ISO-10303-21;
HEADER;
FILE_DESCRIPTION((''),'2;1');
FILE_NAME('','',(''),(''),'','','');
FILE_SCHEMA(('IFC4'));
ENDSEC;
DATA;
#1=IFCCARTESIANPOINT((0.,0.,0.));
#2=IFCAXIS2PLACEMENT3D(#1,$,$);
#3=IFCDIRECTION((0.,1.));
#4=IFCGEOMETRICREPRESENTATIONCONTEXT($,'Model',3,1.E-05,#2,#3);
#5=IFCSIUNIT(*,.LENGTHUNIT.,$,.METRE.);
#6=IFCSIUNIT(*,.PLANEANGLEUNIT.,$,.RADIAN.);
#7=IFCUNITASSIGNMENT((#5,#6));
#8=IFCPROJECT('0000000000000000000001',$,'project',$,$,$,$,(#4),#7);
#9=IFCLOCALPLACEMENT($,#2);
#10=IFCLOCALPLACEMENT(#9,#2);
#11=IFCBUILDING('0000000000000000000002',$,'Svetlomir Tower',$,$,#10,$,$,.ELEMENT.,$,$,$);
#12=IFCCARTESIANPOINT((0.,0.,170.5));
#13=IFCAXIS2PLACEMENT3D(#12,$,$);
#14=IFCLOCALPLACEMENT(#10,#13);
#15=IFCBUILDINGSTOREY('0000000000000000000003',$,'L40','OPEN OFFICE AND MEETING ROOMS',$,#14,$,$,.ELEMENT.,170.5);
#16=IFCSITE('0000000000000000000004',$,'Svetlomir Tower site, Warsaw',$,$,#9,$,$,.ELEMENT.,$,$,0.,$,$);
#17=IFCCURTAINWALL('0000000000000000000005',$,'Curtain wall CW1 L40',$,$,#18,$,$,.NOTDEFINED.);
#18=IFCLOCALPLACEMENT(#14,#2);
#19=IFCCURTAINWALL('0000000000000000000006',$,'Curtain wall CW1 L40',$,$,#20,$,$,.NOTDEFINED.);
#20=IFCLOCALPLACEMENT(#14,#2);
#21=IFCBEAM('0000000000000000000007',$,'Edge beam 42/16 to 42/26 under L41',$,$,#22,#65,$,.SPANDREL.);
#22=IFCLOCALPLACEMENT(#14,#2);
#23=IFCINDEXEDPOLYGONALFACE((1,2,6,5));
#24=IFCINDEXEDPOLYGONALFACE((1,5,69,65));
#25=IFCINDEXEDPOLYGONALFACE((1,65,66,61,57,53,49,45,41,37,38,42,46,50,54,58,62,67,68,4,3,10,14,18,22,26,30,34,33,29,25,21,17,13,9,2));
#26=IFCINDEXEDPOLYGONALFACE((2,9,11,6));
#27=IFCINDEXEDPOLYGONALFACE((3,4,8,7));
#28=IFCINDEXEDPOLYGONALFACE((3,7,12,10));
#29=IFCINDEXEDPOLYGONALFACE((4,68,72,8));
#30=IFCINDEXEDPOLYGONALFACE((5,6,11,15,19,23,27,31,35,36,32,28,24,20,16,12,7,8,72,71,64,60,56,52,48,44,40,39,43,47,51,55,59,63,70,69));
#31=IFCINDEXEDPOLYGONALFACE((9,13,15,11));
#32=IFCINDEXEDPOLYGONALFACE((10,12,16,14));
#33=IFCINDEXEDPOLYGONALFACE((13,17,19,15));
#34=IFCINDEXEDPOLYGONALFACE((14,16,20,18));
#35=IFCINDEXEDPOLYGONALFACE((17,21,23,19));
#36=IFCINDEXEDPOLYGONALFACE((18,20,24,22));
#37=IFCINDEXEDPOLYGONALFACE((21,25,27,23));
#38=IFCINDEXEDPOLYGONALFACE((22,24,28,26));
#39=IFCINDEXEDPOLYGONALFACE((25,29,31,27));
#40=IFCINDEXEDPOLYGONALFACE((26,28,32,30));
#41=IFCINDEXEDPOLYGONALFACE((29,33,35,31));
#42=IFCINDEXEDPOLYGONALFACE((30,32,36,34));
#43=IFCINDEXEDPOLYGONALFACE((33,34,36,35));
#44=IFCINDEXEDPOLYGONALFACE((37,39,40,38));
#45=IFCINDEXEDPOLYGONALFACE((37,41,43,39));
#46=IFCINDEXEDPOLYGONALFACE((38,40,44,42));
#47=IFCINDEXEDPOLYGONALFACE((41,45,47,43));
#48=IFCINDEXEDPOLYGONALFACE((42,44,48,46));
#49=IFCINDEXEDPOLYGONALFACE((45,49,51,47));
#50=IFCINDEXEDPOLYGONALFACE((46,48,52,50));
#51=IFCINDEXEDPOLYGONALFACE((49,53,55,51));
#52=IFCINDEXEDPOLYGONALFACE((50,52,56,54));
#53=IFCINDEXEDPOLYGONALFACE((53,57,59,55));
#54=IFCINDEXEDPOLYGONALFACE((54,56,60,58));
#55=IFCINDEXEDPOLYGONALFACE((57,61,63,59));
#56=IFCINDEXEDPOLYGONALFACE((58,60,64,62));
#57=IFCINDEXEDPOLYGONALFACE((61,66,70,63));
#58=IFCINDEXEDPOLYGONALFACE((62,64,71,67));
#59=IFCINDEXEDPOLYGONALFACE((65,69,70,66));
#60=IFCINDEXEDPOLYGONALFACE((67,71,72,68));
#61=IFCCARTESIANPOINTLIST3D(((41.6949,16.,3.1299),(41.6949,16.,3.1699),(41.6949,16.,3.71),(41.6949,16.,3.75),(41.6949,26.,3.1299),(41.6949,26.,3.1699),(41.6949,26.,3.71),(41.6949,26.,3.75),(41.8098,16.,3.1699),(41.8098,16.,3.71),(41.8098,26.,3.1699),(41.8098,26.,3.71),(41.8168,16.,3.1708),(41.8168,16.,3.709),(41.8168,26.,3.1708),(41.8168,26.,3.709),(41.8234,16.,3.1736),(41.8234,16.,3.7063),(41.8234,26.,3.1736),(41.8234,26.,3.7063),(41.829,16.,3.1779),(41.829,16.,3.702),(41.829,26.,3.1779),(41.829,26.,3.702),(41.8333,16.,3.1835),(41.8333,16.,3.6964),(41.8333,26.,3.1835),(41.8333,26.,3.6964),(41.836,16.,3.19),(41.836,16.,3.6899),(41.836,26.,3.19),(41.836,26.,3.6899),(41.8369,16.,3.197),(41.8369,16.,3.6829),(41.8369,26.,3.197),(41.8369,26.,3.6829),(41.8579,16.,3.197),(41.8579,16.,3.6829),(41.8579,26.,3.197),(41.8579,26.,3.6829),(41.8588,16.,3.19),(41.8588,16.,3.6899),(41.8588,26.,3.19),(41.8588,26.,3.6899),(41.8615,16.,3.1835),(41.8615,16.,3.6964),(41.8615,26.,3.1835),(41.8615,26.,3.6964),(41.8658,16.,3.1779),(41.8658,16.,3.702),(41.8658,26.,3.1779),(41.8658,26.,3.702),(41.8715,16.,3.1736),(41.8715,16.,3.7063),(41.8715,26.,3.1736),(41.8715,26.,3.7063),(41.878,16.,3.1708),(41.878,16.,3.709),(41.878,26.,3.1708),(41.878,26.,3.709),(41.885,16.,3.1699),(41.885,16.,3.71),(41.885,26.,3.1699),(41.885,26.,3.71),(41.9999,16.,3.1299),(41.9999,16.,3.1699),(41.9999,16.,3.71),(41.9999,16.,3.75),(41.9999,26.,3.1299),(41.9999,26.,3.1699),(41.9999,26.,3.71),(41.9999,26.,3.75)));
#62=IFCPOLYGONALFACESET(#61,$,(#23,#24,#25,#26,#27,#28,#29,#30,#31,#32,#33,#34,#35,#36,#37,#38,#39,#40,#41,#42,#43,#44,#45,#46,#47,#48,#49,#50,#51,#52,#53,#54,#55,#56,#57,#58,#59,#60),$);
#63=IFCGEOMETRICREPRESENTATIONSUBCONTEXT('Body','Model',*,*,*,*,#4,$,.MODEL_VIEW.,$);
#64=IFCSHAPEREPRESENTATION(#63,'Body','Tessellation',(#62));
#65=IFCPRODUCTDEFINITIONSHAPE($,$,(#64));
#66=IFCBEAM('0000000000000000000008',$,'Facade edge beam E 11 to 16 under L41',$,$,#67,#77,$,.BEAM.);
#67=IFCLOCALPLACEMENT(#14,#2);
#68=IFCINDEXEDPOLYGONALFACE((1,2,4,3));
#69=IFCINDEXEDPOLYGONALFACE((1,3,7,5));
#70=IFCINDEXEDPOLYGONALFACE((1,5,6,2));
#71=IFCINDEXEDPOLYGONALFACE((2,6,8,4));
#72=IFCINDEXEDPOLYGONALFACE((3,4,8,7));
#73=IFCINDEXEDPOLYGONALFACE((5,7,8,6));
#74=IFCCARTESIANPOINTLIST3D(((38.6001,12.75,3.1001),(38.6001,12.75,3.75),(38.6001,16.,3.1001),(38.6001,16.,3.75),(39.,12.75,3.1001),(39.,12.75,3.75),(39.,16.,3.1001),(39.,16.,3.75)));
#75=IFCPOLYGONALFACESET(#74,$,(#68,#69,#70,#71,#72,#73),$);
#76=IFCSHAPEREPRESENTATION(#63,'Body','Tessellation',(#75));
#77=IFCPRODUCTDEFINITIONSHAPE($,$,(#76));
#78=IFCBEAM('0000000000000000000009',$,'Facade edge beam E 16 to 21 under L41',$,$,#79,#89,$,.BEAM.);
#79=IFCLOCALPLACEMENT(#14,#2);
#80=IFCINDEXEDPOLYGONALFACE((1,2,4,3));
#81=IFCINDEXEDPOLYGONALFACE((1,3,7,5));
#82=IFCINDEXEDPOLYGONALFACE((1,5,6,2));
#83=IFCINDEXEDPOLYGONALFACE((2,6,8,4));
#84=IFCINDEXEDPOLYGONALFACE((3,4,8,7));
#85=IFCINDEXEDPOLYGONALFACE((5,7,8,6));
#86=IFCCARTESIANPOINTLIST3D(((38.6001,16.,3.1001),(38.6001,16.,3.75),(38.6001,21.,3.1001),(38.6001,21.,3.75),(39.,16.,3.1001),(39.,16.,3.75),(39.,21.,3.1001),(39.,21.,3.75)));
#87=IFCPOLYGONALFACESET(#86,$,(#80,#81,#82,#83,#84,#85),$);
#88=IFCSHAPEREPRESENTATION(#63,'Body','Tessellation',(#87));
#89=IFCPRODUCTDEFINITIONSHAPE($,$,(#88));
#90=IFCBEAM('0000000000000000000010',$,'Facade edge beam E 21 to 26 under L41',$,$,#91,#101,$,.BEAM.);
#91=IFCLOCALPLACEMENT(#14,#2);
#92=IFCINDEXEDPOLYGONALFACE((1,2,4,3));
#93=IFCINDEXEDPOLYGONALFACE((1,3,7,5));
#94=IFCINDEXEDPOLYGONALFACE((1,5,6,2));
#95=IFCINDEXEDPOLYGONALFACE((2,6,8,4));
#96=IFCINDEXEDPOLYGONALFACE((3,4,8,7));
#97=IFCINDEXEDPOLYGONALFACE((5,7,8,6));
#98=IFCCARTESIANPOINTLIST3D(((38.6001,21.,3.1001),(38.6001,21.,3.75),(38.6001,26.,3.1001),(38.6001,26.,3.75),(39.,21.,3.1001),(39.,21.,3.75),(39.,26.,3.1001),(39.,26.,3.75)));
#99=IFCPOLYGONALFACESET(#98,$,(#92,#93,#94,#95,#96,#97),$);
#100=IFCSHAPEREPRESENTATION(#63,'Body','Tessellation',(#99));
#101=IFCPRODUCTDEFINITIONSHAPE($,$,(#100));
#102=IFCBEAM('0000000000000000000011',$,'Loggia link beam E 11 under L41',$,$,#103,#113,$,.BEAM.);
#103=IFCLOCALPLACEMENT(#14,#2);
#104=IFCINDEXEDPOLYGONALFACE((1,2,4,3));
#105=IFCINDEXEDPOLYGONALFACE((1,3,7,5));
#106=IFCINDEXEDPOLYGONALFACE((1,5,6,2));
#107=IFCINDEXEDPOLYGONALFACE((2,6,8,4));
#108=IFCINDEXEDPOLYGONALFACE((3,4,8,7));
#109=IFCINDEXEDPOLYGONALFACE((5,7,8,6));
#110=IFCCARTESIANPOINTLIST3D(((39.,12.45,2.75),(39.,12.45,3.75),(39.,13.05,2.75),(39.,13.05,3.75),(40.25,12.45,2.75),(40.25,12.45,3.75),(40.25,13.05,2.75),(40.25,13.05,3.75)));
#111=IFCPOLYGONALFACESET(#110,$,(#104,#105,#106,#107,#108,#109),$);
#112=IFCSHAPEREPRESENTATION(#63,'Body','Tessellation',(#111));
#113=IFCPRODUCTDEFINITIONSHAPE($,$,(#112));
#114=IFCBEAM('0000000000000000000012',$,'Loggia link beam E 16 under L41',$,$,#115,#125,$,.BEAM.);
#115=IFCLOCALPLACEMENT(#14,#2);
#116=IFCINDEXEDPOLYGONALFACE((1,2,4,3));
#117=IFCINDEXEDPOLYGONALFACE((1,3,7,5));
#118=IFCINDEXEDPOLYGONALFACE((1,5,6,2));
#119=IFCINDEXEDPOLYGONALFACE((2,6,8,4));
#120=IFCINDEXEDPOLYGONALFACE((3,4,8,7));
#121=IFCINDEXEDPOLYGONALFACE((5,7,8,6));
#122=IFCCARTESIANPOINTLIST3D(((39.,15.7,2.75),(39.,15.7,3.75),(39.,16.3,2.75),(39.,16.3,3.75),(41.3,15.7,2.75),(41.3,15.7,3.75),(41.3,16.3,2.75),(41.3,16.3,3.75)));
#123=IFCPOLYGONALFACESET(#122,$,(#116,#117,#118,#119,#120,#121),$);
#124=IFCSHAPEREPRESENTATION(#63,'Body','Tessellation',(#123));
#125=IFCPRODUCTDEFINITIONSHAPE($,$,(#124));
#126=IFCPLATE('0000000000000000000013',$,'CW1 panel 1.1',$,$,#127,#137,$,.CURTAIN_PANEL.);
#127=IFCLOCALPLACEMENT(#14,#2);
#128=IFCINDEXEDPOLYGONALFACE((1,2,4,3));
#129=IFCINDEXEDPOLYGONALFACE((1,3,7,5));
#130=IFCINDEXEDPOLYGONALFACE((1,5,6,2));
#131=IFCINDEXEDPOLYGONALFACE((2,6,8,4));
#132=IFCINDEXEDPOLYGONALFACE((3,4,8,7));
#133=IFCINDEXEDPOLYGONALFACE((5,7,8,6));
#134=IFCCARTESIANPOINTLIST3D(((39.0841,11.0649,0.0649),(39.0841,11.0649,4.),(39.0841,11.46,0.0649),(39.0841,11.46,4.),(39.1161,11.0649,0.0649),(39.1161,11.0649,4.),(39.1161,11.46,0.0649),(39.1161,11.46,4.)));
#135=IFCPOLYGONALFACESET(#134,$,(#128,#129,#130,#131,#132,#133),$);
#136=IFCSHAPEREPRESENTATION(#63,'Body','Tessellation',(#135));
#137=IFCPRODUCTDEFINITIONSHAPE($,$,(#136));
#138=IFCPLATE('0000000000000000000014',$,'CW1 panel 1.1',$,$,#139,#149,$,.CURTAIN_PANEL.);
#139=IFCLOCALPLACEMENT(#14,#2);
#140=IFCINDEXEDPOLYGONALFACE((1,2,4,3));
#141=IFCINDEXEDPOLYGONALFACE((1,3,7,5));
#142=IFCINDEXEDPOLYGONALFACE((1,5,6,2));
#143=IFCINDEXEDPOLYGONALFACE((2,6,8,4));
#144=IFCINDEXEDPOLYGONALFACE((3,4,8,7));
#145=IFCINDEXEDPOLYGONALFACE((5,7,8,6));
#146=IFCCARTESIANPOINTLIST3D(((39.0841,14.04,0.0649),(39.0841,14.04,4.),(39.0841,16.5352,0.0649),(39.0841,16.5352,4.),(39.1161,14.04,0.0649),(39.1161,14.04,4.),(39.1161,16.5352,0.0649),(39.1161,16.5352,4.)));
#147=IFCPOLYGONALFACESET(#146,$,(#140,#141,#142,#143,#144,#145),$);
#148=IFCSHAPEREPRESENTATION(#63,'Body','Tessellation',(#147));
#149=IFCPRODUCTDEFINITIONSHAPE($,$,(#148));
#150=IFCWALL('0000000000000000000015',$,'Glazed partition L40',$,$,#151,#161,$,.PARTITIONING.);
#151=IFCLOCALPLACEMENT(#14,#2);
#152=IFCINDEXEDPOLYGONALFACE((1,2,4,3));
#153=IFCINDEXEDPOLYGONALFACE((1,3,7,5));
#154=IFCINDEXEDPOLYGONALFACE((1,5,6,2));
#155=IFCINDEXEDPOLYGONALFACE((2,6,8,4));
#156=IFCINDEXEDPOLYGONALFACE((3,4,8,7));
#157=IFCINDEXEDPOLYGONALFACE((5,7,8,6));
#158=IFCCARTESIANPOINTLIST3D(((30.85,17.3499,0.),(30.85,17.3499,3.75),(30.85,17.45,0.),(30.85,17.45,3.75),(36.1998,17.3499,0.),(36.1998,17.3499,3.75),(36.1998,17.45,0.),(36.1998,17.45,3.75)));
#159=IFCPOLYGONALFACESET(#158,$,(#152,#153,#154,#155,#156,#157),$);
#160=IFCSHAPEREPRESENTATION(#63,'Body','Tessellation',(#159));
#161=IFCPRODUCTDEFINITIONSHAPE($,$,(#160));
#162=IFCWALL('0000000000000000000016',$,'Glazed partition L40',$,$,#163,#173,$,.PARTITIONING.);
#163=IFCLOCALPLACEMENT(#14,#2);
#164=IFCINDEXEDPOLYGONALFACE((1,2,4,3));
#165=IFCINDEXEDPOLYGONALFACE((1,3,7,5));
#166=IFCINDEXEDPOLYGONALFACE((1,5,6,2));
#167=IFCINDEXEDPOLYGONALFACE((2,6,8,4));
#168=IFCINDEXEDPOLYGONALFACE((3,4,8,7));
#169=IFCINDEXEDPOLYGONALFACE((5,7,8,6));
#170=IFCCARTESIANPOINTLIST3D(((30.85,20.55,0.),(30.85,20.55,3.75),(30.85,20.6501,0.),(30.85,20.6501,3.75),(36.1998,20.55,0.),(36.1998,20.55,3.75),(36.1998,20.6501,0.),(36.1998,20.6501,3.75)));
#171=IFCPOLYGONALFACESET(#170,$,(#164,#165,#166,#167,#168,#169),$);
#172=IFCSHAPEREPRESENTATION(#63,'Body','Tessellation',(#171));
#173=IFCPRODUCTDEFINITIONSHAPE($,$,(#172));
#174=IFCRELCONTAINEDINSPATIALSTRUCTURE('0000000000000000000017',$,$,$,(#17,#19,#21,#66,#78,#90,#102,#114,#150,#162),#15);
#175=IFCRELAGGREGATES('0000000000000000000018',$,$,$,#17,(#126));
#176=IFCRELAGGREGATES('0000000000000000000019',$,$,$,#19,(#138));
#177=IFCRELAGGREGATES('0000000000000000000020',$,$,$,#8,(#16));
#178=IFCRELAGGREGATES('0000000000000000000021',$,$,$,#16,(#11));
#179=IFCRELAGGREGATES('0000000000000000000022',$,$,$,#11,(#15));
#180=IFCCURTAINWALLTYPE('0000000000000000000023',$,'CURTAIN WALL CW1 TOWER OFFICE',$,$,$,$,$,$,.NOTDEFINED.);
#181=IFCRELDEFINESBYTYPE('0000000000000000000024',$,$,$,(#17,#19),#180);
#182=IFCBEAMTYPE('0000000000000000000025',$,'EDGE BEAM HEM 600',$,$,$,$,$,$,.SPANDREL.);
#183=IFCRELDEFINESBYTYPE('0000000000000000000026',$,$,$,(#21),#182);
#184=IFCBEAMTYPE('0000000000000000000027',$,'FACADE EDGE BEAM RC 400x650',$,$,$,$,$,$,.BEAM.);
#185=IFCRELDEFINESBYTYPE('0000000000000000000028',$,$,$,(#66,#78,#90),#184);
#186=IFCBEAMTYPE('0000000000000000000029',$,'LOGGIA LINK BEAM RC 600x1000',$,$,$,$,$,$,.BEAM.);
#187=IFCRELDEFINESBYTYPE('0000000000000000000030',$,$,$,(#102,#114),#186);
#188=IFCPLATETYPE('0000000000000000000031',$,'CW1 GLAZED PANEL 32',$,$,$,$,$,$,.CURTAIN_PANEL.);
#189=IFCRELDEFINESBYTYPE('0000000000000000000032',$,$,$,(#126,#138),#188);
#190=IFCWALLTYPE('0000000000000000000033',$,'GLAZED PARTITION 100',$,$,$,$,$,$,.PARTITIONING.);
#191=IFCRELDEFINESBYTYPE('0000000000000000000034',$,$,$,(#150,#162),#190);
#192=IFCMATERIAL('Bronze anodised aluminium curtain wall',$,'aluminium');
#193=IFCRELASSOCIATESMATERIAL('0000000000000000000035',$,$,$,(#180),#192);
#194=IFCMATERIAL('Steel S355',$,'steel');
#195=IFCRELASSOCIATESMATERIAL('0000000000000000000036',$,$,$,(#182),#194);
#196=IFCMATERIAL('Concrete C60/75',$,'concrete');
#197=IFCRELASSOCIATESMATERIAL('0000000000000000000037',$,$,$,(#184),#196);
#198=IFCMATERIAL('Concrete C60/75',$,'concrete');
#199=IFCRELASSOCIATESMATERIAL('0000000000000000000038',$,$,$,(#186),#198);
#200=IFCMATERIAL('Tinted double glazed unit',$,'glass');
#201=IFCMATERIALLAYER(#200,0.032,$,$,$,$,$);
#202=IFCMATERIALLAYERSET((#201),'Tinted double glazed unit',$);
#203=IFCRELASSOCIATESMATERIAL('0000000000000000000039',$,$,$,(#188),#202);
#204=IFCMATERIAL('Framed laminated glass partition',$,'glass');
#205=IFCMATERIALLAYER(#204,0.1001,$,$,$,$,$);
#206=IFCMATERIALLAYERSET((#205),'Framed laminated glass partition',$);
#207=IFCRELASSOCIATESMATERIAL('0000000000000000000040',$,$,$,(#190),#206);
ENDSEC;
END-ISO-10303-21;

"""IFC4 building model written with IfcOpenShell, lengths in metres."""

from ifc_helpers import new_model, si_unit, direction, frame, frame_2d, origin, origin_2d, place, context, subcontext, project, spatial, rectangle, i_section, extrude, material, layer, layer_set, material_profile, profile_set, type_object, element, aggregate, save


model = new_model("IFC4")

# Units and contexts
model_context = context("Model", 3, precision=1e-05, world=origin(), true_north=direction((0.0, 1.0)))
body_context = subcontext(model_context, "Body", "Model", "MODEL_VIEW")
ifc_project = project(units=[si_unit("LENGTHUNIT", "METRE"), si_unit("PLANEANGLEUNIT", "RADIAN")], contexts=[model_context])

# Site, building, storey
site_placement = place(None, origin())
site = spatial("IfcSite", under=ifc_project, at=site_placement, Name="Svetlomir Tower site, Warsaw", CompositionType="ELEMENT", RefElevation=0.0)
building_placement = place(site_placement, origin())
building = spatial("IfcBuilding", under=site, at=building_placement, Name="Svetlomir Tower", CompositionType="ELEMENT")
storey_placement = place(building_placement, frame((0.0, 0.0, 170.5)))
storey = spatial("IfcBuildingStorey", under=building, at=storey_placement, Name="L40", Description="OPEN OFFICE AND MEETING ROOMS", CompositionType="ELEMENT", Elevation=170.5)

# Curtain wall
ifc_material_1 = material(Name="Bronze anodised aluminium curtain wall", Category="aluminium")
curtain_wall_type = type_object("IfcCurtainWallType", Name="CURTAIN WALL CW1 TOWER OFFICE", PredefinedType="NOTDEFINED", material=ifc_material_1)
curtain_wall_1_placement = place(storey_placement, origin())
curtain_wall_1 = element("IfcCurtainWall", 1, at=curtain_wall_1_placement, inside=storey, type_object=curtain_wall_type, Name="Curtain wall CW1 L40", PredefinedType="NOTDEFINED")

# Curtain wall
curtain_wall_2_placement = place(storey_placement, origin())
curtain_wall_2 = element("IfcCurtainWall", 2, at=curtain_wall_2_placement, inside=storey, type_object=curtain_wall_type, Name="Curtain wall CW1 L40", PredefinedType="NOTDEFINED")

# Beams
ifc_material_2 = material(Name="Steel S355", Category="steel")
ifc_material_profile_1 = material_profile(ifc_material_2, i_section(OverallWidth=0.3049, OverallDepth=0.6201, WebThickness=0.021, FlangeThickness=0.04, FilletRadius=0.0271, at=origin_2d()), Name="HEM 600")
ifc_profile_set_1 = profile_set([ifc_material_profile_1], Name="Steel S355")
beam_type_1 = type_object("IfcBeamType", Name="EDGE BEAM HEM 600", PredefinedType="SPANDREL", material=ifc_profile_set_1)
beam_1_placement = place(storey_placement, frame((41.8474, 16.0, 3.4399), z_axis=(0.0, 1.0, 0.0), x_axis=(-1.0, 0.0, 0.0)))
element("IfcBeam", 3, at=beam_1_placement, inside=storey, type_object=beam_type_1, Name="Edge beam 42/16 to 42/26 under L41", PredefinedType="SPANDREL", context=body_context, shape_type="SweptSolid", body=[
    extrude(i_section(OverallWidth=0.3049, OverallDepth=0.6201, WebThickness=0.021, FlangeThickness=0.04, FilletRadius=0.0271, at=origin_2d()), origin(), (0.0, 0.0, 1.0), 10.0),
])
ifc_material_3 = material(Name="Concrete C60/75", Category="concrete")
ifc_material_profile_2 = material_profile(ifc_material_3, rectangle(XDim=0.3999, YDim=0.6499, at=origin_2d()), Name="RC 400x650")
ifc_profile_set_2 = profile_set([ifc_material_profile_2], Name="Concrete C60/75")
beam_type_2 = type_object("IfcBeamType", Name="FACADE EDGE BEAM RC 400x650", PredefinedType="BEAM", material=ifc_profile_set_2)
beam_2_placement = place(storey_placement, frame((38.8, 12.75, 3.425), z_axis=(0.0, 1.0, 0.0), x_axis=(-1.0, 0.0, 0.0)))
element("IfcBeam", 4, at=beam_2_placement, inside=storey, type_object=beam_type_2, Name="Facade edge beam E 11 to 16 under L41", PredefinedType="BEAM", context=body_context, shape_type="SweptSolid", body=[
    extrude(rectangle(XDim=0.3999, YDim=0.6499, at=origin_2d()), origin(), (0.0, 0.0, 1.0), 3.25),
])
for number, where, z_axis, x_axis, name in (
    (5, (38.8, 16.0, 3.425), (0.0, 1.0, 0.0), (-1.0, 0.0, 0.0), "Facade edge beam E 16 to 21 under L41"),
    (6, (38.8, 21.0, 3.425), (0.0, 1.0, 0.0), (-1.0, 0.0, 0.0), "Facade edge beam E 21 to 26 under L41"),
):
    element("IfcBeam", number, at=place(storey_placement, frame(where, z_axis=z_axis, x_axis=x_axis)), inside=storey, type_object=beam_type_2, Name=name, PredefinedType="BEAM", context=body_context, shape_type="SweptSolid", body=[
        extrude(rectangle(XDim=0.3999, YDim=0.6499, at=origin_2d()), origin(), (0.0, 0.0, 1.0), 5.0),
    ])
ifc_material_4 = material(Name="Concrete C60/75", Category="concrete")
ifc_material_profile_3 = material_profile(ifc_material_4, rectangle(XDim=0.6001, YDim=1.0, at=origin_2d()), Name="RC 600x1000")
ifc_profile_set_3 = profile_set([ifc_material_profile_3], Name="Concrete C60/75")
beam_type_3 = type_object("IfcBeamType", Name="LOGGIA LINK BEAM RC 600x1000", PredefinedType="BEAM", material=ifc_profile_set_3)
beam_3_placement = place(storey_placement, frame((40.25, 12.75, 3.25), z_axis=(-1.0, 0.0, 0.0), x_axis=(0.0, -1.0, 0.0)))
element("IfcBeam", 7, at=beam_3_placement, inside=storey, type_object=beam_type_3, Name="Loggia link beam E 11 under L41", PredefinedType="BEAM", context=body_context, shape_type="SweptSolid", body=[
    extrude(rectangle(XDim=0.6001, YDim=1.0, at=origin_2d()), origin(), (0.0, 0.0, 1.0), 1.25),
])
beam_4_placement = place(storey_placement, frame((41.3, 16.0, 3.25), z_axis=(-1.0, 0.0, 0.0), x_axis=(0.0, -1.0, 0.0)))
element("IfcBeam", 8, at=beam_4_placement, inside=storey, type_object=beam_type_3, Name="Loggia link beam E 16 under L41", PredefinedType="BEAM", context=body_context, shape_type="SweptSolid", body=[
    extrude(rectangle(XDim=0.6001, YDim=1.0, at=origin_2d()), origin(), (0.0, 0.0, 1.0), 2.3),
])

# Plates
ifc_material_5 = material(Name="Tinted double glazed unit", Category="glass")
ifc_layer_1 = layer(ifc_material_5, 0.032)
ifc_layer_set_1 = layer_set([ifc_layer_1], Name="Tinted double glazed unit")
plate_type = type_object("IfcPlateType", Name="CW1 GLAZED PANEL 32", PredefinedType="CURTAIN_PANEL", material=ifc_layer_set_1)
plate_1_placement = place(storey_placement, frame((39.1001, 11.2625, 0.0649), z_axis=(0.0, 0.0, 1.0), x_axis=(0.0, 1.0, 0.0)))
plate_1 = element("IfcPlate", 9, at=plate_1_placement, type_object=plate_type, Name="CW1 panel 1.1", PredefinedType="CURTAIN_PANEL", context=body_context, shape_type="SweptSolid", body=[
    extrude(rectangle(XDim=0.395, YDim=0.032, at=origin_2d()), origin(), (0.0, 0.0, 1.0), 3.9351),
])
aggregate(curtain_wall_1, [plate_1])
plate_2_placement = place(storey_placement, frame((39.1001, 15.2876, 0.0649), z_axis=(0.0, 0.0, 1.0), x_axis=(0.0, 1.0, 0.0)))
plate_2 = element("IfcPlate", 10, at=plate_2_placement, type_object=plate_type, Name="CW1 panel 1.1", PredefinedType="CURTAIN_PANEL", context=body_context, shape_type="SweptSolid", body=[
    extrude(rectangle(XDim=2.4951, YDim=0.032, at=origin_2d()), origin(), (0.0, 0.0, 1.0), 3.9351),
])
aggregate(curtain_wall_2, [plate_2])

# Walls
ifc_material_6 = material(Name="Framed laminated glass partition", Category="glass")
ifc_layer_2 = layer(ifc_material_6, 0.1001)
ifc_layer_set_2 = layer_set([ifc_layer_2], Name="Framed laminated glass partition")
wall_type_1 = type_object("IfcWallType", Name="GLAZED PARTITION 100", PredefinedType="PARTITIONING", material=ifc_layer_set_2)
for number, where, z_axis, x_axis, name in (
    (11, (30.8501, 17.3999, 0.0), (0.0, 0.0, 1.0), (1.0, 0.0, 0.0), "Glazed partition L40"),
    (12, (30.8501, 20.6001, 0.0), (0.0, 0.0, 1.0), (1.0, 0.0, 0.0), "Glazed partition L40"),
):
    element("IfcWall", number, at=place(storey_placement, frame(where, z_axis=z_axis, x_axis=x_axis)), inside=storey, type_object=wall_type_1, Name=name, PredefinedType="PARTITIONING", context=body_context, shape_type="SweptSolid", body=[
        extrude(rectangle(XDim=5.3499, YDim=0.1001, at=frame_2d((2.6748, 0.0))), origin(), (0.0, 0.0, 1.0), 3.75),
    ])

save(model, "model.ifc")
